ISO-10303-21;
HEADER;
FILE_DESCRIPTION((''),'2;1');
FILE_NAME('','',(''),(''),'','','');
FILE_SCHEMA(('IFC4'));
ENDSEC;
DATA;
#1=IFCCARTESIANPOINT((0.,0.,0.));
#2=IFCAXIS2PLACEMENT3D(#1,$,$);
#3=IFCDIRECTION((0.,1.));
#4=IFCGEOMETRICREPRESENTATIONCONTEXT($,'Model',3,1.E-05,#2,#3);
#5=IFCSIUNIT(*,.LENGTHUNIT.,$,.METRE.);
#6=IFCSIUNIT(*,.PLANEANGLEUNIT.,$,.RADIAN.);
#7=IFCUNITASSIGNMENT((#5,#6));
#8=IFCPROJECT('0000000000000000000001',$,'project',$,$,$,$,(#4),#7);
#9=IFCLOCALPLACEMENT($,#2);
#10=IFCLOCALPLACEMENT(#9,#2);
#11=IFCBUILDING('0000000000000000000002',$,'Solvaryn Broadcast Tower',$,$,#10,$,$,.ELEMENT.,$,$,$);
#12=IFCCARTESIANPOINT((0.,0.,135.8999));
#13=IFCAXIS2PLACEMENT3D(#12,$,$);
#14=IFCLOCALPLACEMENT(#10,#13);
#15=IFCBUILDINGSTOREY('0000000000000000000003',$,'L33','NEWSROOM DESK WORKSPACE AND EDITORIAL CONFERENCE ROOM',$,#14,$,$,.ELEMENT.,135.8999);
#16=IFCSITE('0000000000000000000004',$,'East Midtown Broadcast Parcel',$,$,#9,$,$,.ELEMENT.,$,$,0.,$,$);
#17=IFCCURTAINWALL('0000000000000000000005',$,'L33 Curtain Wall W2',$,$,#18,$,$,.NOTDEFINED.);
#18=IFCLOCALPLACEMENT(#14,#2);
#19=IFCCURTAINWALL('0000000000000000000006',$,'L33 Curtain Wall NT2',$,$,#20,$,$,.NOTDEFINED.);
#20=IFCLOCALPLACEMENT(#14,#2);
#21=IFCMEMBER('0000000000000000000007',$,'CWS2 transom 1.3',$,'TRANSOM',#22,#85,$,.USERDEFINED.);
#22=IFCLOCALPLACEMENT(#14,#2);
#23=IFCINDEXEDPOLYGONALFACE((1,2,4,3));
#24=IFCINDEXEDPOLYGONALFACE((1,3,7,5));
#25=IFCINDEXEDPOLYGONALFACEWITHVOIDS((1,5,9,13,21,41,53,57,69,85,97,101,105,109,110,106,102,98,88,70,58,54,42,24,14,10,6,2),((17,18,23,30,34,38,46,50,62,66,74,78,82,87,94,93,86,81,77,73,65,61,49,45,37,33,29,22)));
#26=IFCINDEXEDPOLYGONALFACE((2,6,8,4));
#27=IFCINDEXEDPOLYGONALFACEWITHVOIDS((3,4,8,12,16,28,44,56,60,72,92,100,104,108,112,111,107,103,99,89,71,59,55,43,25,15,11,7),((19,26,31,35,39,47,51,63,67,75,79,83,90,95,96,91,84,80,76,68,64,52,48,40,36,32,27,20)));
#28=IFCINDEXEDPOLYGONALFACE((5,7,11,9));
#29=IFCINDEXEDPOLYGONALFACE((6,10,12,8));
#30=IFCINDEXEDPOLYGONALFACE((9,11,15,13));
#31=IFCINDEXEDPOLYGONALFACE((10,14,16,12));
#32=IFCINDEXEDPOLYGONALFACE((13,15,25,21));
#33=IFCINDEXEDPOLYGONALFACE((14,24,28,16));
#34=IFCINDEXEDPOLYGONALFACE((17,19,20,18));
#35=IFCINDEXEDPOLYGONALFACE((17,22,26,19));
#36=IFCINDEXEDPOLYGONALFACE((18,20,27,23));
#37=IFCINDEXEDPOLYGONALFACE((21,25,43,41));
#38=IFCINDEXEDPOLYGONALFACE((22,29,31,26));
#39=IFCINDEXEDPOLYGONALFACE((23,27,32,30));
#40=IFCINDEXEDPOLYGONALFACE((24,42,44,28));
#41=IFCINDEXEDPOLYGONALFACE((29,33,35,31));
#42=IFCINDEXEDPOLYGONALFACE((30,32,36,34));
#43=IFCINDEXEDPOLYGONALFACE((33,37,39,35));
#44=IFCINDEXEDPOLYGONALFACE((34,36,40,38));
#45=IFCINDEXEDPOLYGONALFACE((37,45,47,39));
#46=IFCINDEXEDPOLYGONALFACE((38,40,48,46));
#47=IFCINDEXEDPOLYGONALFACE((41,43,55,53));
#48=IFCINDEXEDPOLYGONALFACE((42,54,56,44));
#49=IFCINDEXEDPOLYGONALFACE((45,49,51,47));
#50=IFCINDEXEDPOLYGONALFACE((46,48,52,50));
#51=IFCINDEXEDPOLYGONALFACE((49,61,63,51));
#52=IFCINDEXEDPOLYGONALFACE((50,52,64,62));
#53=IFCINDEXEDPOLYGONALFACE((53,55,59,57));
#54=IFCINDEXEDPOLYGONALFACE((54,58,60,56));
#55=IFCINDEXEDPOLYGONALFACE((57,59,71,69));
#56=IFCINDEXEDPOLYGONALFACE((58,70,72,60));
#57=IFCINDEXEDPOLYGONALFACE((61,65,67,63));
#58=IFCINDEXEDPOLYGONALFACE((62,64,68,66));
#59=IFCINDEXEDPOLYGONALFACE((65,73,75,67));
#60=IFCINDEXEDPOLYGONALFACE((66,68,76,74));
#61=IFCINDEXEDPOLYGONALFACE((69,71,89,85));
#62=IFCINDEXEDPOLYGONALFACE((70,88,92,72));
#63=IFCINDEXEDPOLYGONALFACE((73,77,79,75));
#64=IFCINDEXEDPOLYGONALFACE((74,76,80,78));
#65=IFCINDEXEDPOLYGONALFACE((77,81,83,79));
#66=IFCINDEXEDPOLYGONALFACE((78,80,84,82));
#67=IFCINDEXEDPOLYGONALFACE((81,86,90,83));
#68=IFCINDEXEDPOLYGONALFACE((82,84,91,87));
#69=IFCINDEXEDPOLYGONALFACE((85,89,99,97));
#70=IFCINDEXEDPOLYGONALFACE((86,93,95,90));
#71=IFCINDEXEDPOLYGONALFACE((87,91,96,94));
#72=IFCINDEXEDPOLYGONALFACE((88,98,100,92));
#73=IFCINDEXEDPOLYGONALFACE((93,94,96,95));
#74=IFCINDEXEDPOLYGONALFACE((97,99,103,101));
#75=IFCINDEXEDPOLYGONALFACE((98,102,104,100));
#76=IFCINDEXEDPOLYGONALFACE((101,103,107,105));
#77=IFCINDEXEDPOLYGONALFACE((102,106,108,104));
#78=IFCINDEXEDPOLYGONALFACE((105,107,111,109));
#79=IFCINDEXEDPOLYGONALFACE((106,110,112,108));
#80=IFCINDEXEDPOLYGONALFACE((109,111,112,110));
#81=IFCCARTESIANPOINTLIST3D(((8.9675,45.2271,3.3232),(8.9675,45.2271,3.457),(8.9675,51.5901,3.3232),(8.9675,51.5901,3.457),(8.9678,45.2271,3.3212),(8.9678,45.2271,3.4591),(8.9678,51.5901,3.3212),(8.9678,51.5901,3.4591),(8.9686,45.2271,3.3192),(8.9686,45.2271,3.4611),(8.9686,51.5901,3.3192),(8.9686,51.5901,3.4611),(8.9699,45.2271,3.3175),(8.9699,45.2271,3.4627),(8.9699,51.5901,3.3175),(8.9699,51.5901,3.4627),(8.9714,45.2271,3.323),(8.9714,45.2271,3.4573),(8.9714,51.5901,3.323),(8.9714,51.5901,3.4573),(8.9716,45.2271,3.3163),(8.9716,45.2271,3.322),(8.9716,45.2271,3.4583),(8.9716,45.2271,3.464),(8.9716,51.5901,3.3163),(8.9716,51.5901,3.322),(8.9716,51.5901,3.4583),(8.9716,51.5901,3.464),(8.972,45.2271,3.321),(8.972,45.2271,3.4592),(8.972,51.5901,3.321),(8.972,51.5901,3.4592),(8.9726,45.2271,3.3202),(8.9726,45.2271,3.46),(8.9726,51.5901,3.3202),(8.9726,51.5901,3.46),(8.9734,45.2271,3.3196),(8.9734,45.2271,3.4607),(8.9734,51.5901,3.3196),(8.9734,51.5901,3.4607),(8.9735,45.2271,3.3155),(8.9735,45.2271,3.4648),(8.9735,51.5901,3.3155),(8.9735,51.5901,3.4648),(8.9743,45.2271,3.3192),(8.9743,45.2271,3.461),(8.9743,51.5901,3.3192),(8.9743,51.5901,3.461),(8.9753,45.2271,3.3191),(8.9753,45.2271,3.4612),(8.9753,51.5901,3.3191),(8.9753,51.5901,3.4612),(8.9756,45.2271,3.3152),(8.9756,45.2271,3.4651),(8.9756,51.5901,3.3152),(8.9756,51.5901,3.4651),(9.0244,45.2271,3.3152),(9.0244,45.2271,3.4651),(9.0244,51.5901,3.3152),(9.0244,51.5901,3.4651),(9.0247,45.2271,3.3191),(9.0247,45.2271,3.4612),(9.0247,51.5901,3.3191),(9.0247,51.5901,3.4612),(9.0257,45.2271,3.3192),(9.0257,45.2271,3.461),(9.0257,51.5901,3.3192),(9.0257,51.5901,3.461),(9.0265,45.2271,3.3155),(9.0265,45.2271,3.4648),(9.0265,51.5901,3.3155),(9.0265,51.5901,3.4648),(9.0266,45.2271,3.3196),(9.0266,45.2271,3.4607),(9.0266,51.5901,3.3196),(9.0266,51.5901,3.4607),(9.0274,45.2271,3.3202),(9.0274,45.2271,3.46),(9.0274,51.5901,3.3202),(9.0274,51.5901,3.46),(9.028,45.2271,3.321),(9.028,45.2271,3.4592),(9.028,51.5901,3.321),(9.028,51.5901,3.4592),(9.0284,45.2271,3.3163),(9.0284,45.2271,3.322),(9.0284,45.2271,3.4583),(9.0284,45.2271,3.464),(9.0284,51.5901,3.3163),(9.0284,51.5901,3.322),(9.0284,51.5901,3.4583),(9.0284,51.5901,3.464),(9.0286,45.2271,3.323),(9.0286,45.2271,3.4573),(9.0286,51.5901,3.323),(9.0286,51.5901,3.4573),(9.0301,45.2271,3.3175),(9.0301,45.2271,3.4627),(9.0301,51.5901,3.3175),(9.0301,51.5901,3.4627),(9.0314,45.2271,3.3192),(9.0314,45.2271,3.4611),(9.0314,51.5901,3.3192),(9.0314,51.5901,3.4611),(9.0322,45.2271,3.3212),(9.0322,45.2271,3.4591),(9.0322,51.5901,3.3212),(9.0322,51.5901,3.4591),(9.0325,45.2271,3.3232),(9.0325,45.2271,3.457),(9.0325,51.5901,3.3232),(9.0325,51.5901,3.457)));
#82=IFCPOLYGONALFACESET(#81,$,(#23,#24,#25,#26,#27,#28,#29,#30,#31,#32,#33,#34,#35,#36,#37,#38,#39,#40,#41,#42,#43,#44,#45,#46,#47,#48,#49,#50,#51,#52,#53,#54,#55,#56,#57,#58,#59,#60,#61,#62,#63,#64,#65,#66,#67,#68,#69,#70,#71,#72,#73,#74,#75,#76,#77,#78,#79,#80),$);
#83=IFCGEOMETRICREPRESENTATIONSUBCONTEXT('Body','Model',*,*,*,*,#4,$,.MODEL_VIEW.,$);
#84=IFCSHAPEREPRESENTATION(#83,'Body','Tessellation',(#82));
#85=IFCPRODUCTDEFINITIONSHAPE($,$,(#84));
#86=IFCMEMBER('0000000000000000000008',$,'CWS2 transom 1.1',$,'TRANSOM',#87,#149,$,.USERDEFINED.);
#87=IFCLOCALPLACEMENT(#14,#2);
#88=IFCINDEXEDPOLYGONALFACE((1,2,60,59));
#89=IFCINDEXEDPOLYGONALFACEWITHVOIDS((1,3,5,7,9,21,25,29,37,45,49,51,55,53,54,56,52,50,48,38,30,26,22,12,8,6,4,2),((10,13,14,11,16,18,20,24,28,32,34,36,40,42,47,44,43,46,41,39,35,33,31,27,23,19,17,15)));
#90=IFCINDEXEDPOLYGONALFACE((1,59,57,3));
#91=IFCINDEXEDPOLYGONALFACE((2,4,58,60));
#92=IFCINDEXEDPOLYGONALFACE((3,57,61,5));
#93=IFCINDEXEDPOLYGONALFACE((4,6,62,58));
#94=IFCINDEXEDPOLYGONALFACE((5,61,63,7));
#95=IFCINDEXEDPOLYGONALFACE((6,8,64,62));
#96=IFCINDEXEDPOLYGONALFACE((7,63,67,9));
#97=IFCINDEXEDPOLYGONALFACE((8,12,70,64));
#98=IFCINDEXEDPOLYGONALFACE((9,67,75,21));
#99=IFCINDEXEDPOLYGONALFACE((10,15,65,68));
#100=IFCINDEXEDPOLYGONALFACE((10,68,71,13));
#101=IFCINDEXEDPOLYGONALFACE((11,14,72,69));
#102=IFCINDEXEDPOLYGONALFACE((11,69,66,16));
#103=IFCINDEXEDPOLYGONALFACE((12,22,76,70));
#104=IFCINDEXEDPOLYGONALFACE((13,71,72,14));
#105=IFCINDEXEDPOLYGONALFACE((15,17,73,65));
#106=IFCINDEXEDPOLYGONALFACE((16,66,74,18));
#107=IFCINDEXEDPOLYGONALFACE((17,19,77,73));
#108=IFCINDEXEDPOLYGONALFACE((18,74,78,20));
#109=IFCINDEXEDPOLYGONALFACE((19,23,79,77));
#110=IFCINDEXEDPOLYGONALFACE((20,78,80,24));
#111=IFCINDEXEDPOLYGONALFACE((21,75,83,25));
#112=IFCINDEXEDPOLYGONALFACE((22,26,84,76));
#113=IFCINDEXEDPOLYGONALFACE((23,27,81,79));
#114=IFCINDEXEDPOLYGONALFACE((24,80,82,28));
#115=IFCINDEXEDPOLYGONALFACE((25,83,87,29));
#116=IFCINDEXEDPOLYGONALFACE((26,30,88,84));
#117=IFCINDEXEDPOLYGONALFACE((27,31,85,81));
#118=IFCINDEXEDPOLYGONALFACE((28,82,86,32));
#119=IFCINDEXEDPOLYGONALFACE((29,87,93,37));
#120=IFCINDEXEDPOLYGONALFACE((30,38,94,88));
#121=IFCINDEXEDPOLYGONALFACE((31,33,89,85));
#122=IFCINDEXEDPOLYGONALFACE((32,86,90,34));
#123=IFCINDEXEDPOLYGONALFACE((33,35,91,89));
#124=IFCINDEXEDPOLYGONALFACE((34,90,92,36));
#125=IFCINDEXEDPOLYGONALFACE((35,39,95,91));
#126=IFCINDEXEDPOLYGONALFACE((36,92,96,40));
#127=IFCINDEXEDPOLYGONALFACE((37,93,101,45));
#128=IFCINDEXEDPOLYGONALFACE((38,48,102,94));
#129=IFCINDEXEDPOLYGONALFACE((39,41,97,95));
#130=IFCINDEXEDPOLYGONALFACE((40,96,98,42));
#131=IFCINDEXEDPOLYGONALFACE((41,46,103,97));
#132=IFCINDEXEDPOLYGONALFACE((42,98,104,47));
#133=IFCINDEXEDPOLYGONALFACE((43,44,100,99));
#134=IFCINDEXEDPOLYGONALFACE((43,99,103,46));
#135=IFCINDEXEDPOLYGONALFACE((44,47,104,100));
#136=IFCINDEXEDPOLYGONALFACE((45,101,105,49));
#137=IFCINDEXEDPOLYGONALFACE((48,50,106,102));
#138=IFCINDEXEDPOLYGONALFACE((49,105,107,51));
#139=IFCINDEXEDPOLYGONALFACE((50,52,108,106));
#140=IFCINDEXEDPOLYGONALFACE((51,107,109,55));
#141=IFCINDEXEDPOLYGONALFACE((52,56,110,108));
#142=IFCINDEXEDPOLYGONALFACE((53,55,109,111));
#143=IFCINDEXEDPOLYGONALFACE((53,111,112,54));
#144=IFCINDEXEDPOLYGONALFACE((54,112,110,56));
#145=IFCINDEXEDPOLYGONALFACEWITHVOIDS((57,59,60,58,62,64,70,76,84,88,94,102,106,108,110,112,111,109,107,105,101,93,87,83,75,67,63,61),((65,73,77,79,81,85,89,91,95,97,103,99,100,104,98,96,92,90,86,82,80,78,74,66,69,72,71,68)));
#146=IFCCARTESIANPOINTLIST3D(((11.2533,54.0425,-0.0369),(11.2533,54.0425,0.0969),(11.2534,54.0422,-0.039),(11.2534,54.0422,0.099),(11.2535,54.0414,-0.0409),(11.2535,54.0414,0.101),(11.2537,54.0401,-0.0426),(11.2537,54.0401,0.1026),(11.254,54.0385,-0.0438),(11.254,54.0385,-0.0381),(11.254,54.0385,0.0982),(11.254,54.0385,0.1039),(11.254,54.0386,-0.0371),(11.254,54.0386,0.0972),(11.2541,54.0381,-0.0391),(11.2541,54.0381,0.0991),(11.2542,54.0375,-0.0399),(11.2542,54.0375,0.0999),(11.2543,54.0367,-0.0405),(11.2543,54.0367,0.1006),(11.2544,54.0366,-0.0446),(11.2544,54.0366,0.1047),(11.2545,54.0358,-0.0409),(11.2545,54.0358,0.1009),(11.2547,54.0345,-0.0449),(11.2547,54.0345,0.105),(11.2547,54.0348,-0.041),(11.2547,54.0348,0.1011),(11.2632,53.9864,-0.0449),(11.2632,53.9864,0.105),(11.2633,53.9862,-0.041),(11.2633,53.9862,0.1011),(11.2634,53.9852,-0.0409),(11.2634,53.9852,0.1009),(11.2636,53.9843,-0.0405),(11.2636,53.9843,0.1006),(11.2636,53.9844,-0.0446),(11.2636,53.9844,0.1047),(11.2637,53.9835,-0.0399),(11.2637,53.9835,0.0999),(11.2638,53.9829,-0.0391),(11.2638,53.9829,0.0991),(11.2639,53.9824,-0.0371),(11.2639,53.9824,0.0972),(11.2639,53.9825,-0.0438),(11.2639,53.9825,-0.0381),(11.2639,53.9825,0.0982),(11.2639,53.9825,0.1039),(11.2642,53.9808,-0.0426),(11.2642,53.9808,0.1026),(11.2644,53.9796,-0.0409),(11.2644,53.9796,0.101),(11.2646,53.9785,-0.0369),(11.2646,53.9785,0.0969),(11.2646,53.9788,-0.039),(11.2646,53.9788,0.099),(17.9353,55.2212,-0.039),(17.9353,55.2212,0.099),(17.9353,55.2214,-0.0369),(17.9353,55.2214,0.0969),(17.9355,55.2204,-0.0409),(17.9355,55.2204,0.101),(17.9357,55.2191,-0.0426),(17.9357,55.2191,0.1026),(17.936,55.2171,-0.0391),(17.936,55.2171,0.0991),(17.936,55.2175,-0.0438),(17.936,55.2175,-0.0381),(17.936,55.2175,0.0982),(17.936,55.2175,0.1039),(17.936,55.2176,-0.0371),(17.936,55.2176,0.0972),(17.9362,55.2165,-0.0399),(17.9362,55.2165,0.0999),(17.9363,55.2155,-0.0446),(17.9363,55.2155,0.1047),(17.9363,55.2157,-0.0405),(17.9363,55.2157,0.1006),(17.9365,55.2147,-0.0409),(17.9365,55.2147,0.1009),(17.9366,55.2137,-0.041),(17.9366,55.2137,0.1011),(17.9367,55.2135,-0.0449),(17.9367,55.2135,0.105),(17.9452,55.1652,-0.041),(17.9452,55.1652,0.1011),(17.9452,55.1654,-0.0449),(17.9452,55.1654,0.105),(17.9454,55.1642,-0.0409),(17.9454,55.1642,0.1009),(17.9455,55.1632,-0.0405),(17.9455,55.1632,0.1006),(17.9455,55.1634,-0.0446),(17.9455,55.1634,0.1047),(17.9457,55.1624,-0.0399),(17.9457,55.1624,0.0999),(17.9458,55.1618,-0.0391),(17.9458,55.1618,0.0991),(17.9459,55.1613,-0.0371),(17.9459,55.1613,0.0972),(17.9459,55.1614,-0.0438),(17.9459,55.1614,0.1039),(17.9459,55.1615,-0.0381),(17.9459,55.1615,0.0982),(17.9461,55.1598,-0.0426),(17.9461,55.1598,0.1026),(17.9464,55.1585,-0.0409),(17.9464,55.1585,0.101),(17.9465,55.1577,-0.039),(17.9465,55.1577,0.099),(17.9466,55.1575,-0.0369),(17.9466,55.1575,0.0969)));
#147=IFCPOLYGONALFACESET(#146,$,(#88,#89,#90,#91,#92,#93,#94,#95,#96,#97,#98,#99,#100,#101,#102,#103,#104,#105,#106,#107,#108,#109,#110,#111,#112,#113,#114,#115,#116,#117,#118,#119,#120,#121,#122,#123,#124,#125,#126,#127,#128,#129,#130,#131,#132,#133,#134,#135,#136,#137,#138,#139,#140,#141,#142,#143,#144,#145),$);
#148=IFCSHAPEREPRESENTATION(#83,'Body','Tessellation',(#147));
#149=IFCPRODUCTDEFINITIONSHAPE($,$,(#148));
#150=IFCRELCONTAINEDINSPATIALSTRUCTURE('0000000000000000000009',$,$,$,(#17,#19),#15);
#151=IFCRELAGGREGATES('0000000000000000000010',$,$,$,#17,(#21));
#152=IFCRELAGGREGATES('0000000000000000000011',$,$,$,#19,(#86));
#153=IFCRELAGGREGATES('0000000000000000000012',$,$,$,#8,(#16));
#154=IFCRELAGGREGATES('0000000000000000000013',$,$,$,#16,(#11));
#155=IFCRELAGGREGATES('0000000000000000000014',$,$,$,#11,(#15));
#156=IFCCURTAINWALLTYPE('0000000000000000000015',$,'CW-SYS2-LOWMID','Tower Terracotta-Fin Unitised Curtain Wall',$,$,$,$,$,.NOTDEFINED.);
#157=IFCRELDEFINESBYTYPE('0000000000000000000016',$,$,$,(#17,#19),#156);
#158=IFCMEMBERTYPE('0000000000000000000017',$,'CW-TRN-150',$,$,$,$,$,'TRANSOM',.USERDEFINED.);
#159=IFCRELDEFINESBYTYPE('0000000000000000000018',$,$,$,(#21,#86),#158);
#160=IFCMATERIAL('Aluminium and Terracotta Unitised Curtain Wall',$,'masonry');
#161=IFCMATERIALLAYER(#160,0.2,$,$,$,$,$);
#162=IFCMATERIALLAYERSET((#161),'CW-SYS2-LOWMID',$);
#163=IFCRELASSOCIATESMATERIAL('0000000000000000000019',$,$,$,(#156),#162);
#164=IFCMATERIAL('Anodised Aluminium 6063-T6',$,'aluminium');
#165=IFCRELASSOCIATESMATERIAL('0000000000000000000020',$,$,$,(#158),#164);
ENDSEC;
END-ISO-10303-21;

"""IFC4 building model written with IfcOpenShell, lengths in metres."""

from ifc_helpers import new_model, si_unit, direction, frame, origin, origin_2d, place, context, subcontext, project, spatial, hollow_rectangle, extrude, material, layer, layer_set, material_profile, profile_set, type_object, element, aggregate, save


model = new_model("IFC4")

# Units and contexts
model_context = context("Model", 3, precision=1e-05, world=origin(), true_north=direction((0.0, 1.0)))
body_context = subcontext(model_context, "Body", "Model", "MODEL_VIEW")
ifc_project = project(units=[si_unit("LENGTHUNIT", "METRE"), si_unit("PLANEANGLEUNIT", "RADIAN")], contexts=[model_context])

# Site, building, storey
site_placement = place(None, origin())
site = spatial("IfcSite", under=ifc_project, at=site_placement, Name="East Midtown Broadcast Parcel", CompositionType="ELEMENT", RefElevation=0.0)
building_placement = place(site_placement, origin())
building = spatial("IfcBuilding", under=site, at=building_placement, Name="Solvaryn Broadcast Tower", CompositionType="ELEMENT")
storey_placement = place(building_placement, frame((0.0, 0.0, 135.8999)))
storey = spatial("IfcBuildingStorey", under=building, at=storey_placement, Name="L33", Description="NEWSROOM DESK WORKSPACE AND EDITORIAL CONFERENCE ROOM", CompositionType="ELEMENT", Elevation=135.8999)

# Curtain wall
ifc_material_1 = material(Name="Aluminium and Terracotta Unitised Curtain Wall", Category="masonry")
ifc_layer_1 = layer(ifc_material_1, 0.2)
ifc_layer_set_1 = layer_set([ifc_layer_1], Name="CW-SYS2-LOWMID")
curtain_wall_type = type_object("IfcCurtainWallType", Name="CW-SYS2-LOWMID", Description="Tower Terracotta-Fin Unitised Curtain Wall", PredefinedType="NOTDEFINED", material=ifc_layer_set_1)
curtain_wall_1_placement = place(storey_placement, origin())
curtain_wall_1 = element("IfcCurtainWall", 1, at=curtain_wall_1_placement, inside=storey, type_object=curtain_wall_type, Name="L33 Curtain Wall W2", PredefinedType="NOTDEFINED")

# Curtain wall
curtain_wall_2_placement = place(storey_placement, origin())
curtain_wall_2 = element("IfcCurtainWall", 2, at=curtain_wall_2_placement, inside=storey, type_object=curtain_wall_type, Name="L33 Curtain Wall NT2", PredefinedType="NOTDEFINED")

# Members
ifc_material_2 = material(Name="Anodised Aluminium 6063-T6", Category="aluminium")
ifc_material_profile_1 = material_profile(ifc_material_2, hollow_rectangle(XDim=0.0649, YDim=0.1499, WallThickness=0.0039, InnerFilletRadius=0.0039, OuterFilletRadius=0.0081, at=origin_2d()))
ifc_profile_set_1 = profile_set([ifc_material_profile_1], Name="Anodised Aluminium 6063-T6")
member_type_1 = type_object("IfcMemberType", Name="CW-TRN-150", ElementType="TRANSOM", PredefinedType="USERDEFINED", material=ifc_profile_set_1)
member_1_placement = place(storey_placement, frame((9.0, 45.2271, 3.3901), z_axis=(0.0, 1.0, 0.0), x_axis=(-1.0, 0.0, 0.0)))
member_1 = element("IfcMember", 3, at=member_1_placement, type_object=member_type_1, Name="CWS2 transom 1.3", ObjectType="TRANSOM", PredefinedType="USERDEFINED", context=body_context, shape_type="SweptSolid", body=[
    extrude(hollow_rectangle(XDim=0.0649, YDim=0.1499, WallThickness=0.0039, InnerFilletRadius=0.0039, OuterFilletRadius=0.0081, at=origin_2d()), origin(), (0.0, 0.0, 1.0), 6.363),
])
member_2_placement = place(storey_placement, frame((17.9409, 55.1895, 0.03), z_axis=(-0.984789, -0.173757, 0.0), x_axis=(0.173757, -0.984789, 0.0)))
member_2 = element("IfcMember", 4, at=member_2_placement, type_object=member_type_1, Name="CWS2 transom 1.1", ObjectType="TRANSOM", PredefinedType="USERDEFINED", context=body_context, shape_type="SweptSolid", body=[
    extrude(hollow_rectangle(XDim=0.0649, YDim=0.1499, WallThickness=0.0039, InnerFilletRadius=0.0039, OuterFilletRadius=0.0081, at=origin_2d()), origin(), (0.0, 0.0, 1.0), 6.7852),
])

aggregate(curtain_wall_1, [member_1])
aggregate(curtain_wall_2, [member_2])

save(model, "model.ifc")
